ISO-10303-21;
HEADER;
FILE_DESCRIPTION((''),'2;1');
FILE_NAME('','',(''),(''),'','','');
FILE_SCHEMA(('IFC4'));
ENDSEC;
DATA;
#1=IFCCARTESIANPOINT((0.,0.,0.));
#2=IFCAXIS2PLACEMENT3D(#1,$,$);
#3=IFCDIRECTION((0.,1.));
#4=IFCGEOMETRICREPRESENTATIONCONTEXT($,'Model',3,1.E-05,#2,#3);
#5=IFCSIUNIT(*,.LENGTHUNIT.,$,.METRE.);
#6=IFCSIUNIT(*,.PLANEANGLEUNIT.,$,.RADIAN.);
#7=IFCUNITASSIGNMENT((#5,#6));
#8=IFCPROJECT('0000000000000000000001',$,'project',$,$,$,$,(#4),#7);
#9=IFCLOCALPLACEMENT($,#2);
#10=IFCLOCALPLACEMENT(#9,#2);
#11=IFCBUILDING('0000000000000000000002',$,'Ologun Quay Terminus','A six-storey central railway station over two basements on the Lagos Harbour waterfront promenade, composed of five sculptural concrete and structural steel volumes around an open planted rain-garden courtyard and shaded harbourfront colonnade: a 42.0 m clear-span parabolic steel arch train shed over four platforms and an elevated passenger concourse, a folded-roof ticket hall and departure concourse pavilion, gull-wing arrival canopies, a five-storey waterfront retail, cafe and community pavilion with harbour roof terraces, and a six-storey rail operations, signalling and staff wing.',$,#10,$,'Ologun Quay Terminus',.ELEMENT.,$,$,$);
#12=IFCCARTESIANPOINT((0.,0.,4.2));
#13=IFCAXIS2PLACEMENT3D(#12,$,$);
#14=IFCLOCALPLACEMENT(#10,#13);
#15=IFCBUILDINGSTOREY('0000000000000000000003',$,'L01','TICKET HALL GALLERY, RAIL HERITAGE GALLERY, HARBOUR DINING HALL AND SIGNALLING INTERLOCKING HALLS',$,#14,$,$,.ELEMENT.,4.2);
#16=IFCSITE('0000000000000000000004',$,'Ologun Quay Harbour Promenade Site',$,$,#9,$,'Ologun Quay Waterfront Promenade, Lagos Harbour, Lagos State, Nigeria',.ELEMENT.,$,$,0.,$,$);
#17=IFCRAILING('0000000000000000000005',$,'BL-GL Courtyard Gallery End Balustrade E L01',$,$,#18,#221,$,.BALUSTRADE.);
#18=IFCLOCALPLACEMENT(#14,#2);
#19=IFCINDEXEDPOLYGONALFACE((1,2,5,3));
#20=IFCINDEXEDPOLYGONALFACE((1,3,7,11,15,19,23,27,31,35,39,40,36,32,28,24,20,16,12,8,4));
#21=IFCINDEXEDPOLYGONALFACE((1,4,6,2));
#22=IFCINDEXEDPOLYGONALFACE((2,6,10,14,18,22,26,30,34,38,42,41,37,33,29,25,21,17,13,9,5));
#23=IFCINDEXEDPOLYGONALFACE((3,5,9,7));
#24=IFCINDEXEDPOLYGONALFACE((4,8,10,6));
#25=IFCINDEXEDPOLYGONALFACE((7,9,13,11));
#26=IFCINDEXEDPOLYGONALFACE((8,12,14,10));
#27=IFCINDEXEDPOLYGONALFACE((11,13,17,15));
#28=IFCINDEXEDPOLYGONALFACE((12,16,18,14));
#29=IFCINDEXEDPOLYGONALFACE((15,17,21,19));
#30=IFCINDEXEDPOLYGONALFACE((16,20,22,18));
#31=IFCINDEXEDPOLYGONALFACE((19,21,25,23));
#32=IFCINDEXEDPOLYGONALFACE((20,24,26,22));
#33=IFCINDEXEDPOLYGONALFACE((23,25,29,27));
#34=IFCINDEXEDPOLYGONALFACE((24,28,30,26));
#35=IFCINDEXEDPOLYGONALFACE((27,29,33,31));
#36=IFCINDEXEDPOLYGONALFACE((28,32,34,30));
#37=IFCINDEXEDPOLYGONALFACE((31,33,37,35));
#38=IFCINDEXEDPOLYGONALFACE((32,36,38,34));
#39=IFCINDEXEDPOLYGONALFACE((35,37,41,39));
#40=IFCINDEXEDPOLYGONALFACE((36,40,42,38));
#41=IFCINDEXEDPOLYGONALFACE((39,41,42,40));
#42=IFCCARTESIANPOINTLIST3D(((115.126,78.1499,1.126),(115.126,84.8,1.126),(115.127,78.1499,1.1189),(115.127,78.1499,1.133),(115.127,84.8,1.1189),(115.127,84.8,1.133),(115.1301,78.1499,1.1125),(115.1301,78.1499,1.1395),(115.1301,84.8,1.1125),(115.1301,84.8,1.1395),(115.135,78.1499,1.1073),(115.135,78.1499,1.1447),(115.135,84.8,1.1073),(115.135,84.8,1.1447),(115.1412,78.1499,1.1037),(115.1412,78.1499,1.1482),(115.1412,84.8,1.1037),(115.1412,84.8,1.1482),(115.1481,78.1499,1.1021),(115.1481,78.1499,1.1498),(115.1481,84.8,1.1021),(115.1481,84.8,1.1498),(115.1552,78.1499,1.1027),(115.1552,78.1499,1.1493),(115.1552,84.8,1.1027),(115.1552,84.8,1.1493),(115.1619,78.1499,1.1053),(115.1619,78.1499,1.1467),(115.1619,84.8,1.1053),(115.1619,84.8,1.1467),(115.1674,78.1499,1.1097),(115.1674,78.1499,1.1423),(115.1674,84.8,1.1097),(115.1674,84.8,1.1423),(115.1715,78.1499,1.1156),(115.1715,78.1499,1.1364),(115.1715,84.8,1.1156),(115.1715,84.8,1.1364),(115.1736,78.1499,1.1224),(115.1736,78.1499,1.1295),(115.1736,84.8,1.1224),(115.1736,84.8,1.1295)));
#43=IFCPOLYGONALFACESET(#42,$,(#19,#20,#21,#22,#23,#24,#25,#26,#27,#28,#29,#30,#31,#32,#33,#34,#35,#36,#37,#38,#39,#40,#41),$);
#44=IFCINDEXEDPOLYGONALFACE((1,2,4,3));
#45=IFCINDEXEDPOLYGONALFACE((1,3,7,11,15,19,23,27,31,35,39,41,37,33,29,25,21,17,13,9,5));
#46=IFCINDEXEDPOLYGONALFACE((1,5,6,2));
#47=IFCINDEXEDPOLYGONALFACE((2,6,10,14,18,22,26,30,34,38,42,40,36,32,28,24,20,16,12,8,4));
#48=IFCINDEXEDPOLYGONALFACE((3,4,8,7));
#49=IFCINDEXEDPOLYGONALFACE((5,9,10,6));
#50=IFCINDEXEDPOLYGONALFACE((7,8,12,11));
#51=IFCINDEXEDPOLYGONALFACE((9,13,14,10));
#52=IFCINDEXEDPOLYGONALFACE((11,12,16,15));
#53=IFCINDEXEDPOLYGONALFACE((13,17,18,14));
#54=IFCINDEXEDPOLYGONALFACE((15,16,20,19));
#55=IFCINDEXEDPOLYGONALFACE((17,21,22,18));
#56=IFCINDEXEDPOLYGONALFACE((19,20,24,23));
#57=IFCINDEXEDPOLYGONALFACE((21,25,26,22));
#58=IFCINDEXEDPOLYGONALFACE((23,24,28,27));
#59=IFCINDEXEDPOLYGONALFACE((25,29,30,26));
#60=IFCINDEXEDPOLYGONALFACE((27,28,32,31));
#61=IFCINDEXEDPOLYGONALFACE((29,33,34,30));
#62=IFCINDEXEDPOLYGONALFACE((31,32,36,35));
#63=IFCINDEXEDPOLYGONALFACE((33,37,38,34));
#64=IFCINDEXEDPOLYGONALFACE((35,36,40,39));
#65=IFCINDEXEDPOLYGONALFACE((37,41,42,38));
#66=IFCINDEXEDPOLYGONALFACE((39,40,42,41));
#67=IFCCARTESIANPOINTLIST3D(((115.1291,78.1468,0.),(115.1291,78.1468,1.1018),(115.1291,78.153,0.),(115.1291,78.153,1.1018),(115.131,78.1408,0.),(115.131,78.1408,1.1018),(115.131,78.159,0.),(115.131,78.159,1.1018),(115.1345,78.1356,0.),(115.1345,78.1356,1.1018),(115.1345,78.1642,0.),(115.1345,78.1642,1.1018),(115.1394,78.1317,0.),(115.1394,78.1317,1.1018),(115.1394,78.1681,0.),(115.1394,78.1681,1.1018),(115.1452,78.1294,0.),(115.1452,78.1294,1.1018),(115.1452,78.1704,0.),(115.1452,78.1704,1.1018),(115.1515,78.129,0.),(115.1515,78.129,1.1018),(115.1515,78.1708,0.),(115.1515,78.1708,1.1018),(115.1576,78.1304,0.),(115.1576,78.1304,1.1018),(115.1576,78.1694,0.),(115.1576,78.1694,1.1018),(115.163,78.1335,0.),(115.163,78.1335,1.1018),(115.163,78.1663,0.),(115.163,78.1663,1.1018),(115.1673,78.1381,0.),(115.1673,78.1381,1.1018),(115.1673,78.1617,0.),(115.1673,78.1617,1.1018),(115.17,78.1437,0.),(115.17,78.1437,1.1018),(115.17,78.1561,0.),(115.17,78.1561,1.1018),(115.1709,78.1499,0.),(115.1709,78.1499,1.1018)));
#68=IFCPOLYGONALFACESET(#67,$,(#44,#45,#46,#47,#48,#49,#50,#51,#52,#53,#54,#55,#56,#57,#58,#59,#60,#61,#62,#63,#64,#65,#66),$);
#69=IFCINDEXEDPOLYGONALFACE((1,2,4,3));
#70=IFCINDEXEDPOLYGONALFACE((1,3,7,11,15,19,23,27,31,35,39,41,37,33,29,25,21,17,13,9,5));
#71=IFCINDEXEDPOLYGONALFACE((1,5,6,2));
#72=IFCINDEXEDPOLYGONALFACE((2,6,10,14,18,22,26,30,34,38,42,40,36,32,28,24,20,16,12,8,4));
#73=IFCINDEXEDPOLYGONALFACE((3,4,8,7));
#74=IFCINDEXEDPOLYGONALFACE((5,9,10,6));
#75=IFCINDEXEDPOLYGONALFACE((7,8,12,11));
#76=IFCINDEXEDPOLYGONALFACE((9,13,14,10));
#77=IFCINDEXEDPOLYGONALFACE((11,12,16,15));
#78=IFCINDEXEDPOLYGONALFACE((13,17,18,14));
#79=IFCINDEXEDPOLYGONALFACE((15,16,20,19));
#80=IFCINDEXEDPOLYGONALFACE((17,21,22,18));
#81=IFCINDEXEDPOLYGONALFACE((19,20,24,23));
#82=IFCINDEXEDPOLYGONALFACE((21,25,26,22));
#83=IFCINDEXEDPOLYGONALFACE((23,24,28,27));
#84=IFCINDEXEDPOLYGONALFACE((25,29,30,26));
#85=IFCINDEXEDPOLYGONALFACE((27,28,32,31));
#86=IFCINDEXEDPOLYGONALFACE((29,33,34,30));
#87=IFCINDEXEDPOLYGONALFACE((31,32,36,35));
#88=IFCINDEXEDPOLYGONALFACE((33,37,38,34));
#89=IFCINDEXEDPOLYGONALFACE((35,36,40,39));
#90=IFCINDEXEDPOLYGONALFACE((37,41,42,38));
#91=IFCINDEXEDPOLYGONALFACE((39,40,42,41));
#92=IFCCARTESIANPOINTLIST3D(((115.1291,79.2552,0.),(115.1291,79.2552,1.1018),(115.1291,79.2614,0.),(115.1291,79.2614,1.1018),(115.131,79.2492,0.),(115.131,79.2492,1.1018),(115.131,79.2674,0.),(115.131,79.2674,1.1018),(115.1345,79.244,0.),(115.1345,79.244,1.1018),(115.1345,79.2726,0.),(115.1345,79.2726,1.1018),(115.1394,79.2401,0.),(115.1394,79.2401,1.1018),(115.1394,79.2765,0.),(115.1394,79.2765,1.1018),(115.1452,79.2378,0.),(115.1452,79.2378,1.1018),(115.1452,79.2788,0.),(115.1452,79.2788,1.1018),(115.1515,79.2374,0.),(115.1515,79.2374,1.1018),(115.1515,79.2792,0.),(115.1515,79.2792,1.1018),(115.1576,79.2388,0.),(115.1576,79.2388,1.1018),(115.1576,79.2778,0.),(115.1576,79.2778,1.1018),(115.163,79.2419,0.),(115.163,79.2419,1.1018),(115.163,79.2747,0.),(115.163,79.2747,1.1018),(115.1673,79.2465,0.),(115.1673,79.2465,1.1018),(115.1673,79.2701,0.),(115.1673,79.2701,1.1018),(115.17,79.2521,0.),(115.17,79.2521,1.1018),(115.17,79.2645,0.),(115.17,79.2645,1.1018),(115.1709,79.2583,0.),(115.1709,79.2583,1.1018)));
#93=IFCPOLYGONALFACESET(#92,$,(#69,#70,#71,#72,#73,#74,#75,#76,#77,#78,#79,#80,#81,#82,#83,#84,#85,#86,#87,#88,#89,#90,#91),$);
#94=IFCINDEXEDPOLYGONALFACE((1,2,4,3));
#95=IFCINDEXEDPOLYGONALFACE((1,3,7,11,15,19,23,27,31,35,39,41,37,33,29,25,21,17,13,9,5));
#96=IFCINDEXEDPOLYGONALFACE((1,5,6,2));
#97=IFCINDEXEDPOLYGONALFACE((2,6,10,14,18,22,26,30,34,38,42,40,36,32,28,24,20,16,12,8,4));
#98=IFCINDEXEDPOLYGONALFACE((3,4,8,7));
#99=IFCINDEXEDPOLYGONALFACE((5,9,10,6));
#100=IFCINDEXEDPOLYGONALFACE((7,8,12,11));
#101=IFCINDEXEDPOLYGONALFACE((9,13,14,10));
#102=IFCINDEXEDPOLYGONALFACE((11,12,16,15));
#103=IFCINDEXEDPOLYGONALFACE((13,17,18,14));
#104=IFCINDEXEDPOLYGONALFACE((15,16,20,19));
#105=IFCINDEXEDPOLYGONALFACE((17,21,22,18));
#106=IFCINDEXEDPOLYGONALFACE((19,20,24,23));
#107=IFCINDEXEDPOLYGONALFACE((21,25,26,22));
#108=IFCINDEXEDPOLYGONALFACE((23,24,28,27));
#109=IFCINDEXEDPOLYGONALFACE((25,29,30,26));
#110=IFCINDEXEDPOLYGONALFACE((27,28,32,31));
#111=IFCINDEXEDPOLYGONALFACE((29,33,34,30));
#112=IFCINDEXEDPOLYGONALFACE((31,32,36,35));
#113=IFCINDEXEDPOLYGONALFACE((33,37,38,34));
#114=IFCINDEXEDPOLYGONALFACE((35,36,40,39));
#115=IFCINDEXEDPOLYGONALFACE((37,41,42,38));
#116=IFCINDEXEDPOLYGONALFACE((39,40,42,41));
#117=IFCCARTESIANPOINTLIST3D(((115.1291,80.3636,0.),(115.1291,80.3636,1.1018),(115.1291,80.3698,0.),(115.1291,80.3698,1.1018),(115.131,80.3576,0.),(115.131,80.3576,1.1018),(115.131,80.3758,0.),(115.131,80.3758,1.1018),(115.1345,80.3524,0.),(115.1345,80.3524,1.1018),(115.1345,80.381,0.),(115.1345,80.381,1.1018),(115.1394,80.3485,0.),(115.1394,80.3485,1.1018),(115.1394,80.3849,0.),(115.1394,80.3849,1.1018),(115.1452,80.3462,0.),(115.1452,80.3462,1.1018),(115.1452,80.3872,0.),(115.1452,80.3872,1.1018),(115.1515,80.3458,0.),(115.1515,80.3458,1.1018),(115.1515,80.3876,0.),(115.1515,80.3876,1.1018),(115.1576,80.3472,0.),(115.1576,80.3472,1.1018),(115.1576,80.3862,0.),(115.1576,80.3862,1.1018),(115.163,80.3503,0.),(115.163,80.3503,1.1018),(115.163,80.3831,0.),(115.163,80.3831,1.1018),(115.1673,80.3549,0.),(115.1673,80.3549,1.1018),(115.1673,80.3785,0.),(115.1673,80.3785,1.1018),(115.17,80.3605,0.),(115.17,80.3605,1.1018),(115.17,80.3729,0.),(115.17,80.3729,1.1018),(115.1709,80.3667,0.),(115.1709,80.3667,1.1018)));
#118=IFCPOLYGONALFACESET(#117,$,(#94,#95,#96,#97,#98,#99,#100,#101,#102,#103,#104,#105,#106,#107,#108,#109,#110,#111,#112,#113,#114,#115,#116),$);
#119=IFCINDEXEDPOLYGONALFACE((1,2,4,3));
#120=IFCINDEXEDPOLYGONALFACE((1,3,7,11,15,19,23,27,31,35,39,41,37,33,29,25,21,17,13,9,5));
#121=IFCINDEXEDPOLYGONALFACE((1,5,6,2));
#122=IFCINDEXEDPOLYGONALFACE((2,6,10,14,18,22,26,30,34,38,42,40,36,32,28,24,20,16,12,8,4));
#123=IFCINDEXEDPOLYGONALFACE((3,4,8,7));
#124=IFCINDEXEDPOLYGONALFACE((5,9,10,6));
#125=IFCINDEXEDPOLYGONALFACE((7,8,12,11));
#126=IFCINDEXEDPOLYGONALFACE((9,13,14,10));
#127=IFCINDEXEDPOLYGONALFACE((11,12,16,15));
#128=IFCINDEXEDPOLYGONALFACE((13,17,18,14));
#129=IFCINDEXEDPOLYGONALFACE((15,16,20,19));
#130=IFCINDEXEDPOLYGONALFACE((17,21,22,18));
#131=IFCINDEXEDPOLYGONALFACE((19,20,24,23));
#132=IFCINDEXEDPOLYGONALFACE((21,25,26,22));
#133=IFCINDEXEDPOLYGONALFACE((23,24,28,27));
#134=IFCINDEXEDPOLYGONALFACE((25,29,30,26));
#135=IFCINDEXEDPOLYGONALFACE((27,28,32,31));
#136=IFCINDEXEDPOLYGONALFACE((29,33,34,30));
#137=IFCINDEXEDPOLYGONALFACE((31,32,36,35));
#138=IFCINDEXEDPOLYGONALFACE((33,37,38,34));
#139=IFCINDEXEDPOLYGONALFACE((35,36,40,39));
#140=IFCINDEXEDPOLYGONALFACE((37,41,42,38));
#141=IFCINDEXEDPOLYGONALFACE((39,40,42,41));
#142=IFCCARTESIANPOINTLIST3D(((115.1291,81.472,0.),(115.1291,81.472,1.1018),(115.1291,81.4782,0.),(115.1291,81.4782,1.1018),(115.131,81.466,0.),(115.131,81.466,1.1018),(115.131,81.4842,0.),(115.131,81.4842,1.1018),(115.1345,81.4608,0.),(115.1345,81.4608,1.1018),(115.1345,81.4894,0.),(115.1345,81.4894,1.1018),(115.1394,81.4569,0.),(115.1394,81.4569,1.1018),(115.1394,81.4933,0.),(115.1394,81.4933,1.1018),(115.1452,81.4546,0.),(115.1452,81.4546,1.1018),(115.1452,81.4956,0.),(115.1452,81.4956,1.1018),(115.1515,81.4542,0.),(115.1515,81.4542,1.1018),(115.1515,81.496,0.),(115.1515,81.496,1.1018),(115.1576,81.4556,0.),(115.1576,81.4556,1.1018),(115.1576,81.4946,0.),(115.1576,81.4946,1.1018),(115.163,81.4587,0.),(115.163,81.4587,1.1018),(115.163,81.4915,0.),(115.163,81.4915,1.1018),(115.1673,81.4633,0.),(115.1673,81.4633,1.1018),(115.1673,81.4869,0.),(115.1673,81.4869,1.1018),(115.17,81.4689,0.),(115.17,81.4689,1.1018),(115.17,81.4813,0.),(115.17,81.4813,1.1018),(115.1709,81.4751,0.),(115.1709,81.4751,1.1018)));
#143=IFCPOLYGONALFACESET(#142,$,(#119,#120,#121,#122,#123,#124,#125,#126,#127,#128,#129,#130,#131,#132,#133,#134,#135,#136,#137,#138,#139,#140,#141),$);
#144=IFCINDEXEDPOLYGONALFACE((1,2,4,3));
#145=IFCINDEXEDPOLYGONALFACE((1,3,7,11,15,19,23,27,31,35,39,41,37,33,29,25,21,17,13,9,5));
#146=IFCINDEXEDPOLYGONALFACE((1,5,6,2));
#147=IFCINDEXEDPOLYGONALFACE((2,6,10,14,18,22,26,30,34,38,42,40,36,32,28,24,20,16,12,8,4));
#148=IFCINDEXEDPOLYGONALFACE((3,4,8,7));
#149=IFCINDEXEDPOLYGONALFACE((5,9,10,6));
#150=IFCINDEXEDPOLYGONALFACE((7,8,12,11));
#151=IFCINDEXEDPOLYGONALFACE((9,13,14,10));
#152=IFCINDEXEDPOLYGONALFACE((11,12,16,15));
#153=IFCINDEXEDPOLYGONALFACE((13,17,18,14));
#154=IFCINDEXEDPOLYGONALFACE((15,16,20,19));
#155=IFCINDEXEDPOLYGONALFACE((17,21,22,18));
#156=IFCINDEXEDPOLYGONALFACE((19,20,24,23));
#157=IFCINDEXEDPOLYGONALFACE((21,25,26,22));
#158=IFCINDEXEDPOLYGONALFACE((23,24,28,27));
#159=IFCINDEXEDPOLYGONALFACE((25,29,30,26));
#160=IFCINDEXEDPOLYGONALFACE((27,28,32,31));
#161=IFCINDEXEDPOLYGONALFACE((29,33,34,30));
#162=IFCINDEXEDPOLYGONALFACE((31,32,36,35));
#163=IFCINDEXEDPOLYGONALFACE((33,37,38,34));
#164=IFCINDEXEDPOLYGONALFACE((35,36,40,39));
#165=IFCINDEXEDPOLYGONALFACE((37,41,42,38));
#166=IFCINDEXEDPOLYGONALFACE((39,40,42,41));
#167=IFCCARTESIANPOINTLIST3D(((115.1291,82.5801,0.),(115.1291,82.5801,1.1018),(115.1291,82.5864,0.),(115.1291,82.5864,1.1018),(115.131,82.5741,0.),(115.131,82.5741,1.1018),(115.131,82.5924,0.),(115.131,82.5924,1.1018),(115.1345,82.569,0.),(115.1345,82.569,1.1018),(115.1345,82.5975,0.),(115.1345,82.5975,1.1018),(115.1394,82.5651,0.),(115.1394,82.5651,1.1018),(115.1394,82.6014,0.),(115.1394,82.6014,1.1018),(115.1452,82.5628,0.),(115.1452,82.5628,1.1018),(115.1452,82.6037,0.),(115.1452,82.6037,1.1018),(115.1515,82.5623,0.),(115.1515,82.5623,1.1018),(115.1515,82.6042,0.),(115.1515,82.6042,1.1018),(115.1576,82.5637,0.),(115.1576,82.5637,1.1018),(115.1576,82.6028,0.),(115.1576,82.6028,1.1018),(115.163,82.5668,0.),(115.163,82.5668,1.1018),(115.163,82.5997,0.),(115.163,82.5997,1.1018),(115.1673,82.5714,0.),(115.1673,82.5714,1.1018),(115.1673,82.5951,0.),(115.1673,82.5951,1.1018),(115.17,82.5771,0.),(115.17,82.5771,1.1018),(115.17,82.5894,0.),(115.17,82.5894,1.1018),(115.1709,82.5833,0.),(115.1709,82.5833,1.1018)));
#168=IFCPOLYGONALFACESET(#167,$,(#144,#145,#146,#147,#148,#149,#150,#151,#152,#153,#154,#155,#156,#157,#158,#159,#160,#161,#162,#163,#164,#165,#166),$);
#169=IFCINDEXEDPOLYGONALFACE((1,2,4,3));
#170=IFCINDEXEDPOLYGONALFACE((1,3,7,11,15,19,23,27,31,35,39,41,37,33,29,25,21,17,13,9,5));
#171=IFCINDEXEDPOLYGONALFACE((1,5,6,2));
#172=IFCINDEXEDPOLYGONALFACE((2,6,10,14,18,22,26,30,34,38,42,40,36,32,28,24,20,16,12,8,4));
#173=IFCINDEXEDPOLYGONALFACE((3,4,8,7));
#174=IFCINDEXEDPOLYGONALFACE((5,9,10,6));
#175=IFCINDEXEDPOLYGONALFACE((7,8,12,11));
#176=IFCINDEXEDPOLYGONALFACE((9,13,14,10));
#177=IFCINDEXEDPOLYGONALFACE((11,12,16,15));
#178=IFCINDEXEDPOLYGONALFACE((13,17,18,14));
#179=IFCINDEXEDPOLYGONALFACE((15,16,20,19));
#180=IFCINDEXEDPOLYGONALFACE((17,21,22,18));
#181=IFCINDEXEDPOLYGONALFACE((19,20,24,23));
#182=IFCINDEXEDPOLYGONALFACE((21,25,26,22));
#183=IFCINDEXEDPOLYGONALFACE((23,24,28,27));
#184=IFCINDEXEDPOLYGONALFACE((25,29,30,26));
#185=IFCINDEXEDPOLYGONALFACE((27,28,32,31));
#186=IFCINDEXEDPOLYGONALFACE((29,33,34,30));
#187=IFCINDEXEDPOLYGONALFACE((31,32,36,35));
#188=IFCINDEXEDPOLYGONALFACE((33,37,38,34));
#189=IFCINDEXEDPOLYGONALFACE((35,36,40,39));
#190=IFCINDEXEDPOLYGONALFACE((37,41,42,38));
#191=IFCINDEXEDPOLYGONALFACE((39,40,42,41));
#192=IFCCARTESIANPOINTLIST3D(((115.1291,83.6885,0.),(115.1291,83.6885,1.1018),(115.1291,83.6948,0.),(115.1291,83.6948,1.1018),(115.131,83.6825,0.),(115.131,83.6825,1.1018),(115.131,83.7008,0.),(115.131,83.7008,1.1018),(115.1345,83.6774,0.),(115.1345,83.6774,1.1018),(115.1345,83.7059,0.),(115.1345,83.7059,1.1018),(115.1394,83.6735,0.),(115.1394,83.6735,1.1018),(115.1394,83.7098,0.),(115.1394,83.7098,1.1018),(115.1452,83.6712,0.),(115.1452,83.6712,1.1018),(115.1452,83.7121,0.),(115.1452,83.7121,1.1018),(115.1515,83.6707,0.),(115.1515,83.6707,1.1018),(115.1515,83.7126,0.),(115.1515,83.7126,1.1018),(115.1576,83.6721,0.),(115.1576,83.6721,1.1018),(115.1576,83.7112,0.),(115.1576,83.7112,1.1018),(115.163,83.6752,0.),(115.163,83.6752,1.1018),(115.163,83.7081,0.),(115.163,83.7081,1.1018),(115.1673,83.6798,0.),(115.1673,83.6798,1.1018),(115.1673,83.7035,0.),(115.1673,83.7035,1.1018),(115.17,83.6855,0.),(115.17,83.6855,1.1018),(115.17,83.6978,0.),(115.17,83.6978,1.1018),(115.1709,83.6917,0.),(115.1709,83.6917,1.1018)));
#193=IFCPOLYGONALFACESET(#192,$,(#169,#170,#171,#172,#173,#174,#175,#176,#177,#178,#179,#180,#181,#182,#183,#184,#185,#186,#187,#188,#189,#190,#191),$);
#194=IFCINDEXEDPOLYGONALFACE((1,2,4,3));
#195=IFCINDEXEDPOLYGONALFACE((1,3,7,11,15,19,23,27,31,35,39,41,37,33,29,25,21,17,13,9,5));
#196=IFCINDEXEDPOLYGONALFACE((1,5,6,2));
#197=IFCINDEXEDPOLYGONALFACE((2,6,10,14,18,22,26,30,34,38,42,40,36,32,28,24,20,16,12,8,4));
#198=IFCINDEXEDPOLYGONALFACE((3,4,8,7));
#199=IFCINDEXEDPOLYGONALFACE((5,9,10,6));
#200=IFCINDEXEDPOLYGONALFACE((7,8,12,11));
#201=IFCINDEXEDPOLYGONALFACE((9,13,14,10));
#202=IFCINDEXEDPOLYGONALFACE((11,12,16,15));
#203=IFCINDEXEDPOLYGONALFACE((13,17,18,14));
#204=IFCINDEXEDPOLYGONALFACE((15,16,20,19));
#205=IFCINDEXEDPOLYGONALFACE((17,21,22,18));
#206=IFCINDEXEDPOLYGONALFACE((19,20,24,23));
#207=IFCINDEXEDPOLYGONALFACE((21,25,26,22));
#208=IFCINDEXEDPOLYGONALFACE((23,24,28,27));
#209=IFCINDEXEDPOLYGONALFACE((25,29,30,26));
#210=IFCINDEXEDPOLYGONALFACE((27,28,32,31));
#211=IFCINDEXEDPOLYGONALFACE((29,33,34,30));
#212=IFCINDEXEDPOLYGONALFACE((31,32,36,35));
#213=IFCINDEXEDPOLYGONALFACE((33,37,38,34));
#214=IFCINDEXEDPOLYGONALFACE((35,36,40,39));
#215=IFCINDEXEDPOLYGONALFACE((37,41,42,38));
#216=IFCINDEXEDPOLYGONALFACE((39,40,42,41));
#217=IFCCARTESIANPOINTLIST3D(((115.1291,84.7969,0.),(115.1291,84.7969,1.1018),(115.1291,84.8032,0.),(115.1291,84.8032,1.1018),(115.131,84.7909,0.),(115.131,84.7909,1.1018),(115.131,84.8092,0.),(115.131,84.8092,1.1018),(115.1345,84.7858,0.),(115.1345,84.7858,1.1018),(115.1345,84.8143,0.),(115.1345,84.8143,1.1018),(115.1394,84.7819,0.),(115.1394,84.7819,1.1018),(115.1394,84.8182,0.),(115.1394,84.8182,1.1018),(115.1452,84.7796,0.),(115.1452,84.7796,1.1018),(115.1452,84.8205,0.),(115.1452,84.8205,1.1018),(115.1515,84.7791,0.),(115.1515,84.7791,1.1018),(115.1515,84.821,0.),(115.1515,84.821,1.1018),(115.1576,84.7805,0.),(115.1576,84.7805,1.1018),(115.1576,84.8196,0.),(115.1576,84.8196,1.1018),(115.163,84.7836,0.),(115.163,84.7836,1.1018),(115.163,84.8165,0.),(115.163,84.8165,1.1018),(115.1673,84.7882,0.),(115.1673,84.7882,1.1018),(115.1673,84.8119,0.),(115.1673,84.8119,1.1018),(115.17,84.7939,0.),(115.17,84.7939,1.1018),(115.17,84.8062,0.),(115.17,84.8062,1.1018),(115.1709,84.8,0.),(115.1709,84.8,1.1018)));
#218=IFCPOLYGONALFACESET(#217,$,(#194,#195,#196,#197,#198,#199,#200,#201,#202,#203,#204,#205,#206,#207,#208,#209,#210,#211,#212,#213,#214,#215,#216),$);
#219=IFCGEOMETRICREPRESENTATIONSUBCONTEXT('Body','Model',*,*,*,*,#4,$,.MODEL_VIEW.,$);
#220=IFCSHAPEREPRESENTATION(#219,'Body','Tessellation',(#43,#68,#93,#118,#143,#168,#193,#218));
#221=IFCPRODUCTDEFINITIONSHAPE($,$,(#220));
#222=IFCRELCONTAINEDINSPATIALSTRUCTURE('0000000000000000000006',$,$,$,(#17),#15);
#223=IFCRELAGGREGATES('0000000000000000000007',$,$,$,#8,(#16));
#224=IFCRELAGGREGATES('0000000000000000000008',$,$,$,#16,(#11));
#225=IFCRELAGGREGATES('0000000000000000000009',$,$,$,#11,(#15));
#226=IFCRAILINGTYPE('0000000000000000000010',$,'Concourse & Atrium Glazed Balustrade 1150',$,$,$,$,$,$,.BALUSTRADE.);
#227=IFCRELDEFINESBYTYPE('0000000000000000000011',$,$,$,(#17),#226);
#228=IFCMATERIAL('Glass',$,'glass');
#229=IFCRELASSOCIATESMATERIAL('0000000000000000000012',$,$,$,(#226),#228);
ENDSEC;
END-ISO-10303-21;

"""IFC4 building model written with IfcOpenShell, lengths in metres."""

from ifc_helpers import new_model, si_unit, direction, frame, origin, origin_2d, place, context, subcontext, project, spatial, circle, extrude, material, type_object, element, save


model = new_model("IFC4")

# Units and contexts
model_context = context("Model", 3, precision=1e-05, world=origin(), true_north=direction((0.0, 1.0)))
body_context = subcontext(model_context, "Body", "Model", "MODEL_VIEW")
ifc_project = project(units=[si_unit("LENGTHUNIT", "METRE"), si_unit("PLANEANGLEUNIT", "RADIAN")], contexts=[model_context])

# Site, building, storey
site_placement = place(None, origin())
site = spatial("IfcSite", under=ifc_project, at=site_placement, Name="Ologun Quay Harbour Promenade Site", LongName="Ologun Quay Waterfront Promenade, Lagos Harbour, Lagos State, Nigeria", CompositionType="ELEMENT", RefElevation=0.0)
building_placement = place(site_placement, origin())
building = spatial("IfcBuilding", under=site, at=building_placement, Name="Ologun Quay Terminus", Description="A six-storey central railway station over two basements on the Lagos Harbour waterfront promenade, composed of five sculptural concrete and structural steel volumes around an open planted rain-garden courtyard and shaded harbourfront colonnade: a 42.0 m clear-span parabolic steel arch train shed over four platforms and an elevated passenger concourse, a folded-roof ticket hall and departure concourse pavilion, gull-wing arrival canopies, a five-storey waterfront retail, cafe and community pavilion with harbour roof terraces, and a six-storey rail operations, signalling and staff wing.", LongName="Ologun Quay Terminus", CompositionType="ELEMENT")
storey_placement = place(building_placement, frame((0.0, 0.0, 4.2)))
storey = spatial("IfcBuildingStorey", under=building, at=storey_placement, Name="L01", Description="TICKET HALL GALLERY, RAIL HERITAGE GALLERY, HARBOUR DINING HALL AND SIGNALLING INTERLOCKING HALLS", CompositionType="ELEMENT", Elevation=4.2)

# Railing
ifc_material_1 = material(Name="Glass", Category="glass")
railing_type = type_object("IfcRailingType", Name="Concourse & Atrium Glazed Balustrade 1150", PredefinedType="BALUSTRADE", material=ifc_material_1)
railing_1_placement = place(storey_placement, frame((115.1499, 78.1499, 0.0)))
element("IfcRailing", 1, at=railing_1_placement, inside=storey, type_object=railing_type, Name="BL-GL Courtyard Gallery End Balustrade E L01", PredefinedType="BALUSTRADE", context=body_context, shape_type="SweptSolid", body=[
    extrude(circle(Radius=0.0239, at=origin_2d()), frame((0.0, 0.0, 1.126), z_axis=(0.0, 1.0, 0.0), x_axis=(-1.0, 0.0, 0.0)), (0.0, 0.0, 1.0), 6.6501),
    extrude(circle(Radius=0.021, at=origin_2d()), origin(), (0.0, 0.0, 1.0), 1.1018),
    extrude(circle(Radius=0.021, at=origin_2d()), frame((0.0, 1.1084, 0.0)), (0.0, 0.0, 1.0), 1.1018),
    extrude(circle(Radius=0.021, at=origin_2d()), frame((0.0, 2.2168, 0.0)), (0.0, 0.0, 1.0), 1.1018),
    extrude(circle(Radius=0.021, at=origin_2d()), frame((0.0, 3.3252, 0.0)), (0.0, 0.0, 1.0), 1.1018),
    extrude(circle(Radius=0.021, at=origin_2d()), frame((0.0, 4.4333, 0.0)), (0.0, 0.0, 1.0), 1.1018),
    extrude(circle(Radius=0.021, at=origin_2d()), frame((0.0, 5.5417, 0.0)), (0.0, 0.0, 1.0), 1.1018),
    extrude(circle(Radius=0.021, at=origin_2d()), frame((0.0, 6.6501, 0.0)), (0.0, 0.0, 1.0), 1.1018),
])

save(model, "model.ifc")
